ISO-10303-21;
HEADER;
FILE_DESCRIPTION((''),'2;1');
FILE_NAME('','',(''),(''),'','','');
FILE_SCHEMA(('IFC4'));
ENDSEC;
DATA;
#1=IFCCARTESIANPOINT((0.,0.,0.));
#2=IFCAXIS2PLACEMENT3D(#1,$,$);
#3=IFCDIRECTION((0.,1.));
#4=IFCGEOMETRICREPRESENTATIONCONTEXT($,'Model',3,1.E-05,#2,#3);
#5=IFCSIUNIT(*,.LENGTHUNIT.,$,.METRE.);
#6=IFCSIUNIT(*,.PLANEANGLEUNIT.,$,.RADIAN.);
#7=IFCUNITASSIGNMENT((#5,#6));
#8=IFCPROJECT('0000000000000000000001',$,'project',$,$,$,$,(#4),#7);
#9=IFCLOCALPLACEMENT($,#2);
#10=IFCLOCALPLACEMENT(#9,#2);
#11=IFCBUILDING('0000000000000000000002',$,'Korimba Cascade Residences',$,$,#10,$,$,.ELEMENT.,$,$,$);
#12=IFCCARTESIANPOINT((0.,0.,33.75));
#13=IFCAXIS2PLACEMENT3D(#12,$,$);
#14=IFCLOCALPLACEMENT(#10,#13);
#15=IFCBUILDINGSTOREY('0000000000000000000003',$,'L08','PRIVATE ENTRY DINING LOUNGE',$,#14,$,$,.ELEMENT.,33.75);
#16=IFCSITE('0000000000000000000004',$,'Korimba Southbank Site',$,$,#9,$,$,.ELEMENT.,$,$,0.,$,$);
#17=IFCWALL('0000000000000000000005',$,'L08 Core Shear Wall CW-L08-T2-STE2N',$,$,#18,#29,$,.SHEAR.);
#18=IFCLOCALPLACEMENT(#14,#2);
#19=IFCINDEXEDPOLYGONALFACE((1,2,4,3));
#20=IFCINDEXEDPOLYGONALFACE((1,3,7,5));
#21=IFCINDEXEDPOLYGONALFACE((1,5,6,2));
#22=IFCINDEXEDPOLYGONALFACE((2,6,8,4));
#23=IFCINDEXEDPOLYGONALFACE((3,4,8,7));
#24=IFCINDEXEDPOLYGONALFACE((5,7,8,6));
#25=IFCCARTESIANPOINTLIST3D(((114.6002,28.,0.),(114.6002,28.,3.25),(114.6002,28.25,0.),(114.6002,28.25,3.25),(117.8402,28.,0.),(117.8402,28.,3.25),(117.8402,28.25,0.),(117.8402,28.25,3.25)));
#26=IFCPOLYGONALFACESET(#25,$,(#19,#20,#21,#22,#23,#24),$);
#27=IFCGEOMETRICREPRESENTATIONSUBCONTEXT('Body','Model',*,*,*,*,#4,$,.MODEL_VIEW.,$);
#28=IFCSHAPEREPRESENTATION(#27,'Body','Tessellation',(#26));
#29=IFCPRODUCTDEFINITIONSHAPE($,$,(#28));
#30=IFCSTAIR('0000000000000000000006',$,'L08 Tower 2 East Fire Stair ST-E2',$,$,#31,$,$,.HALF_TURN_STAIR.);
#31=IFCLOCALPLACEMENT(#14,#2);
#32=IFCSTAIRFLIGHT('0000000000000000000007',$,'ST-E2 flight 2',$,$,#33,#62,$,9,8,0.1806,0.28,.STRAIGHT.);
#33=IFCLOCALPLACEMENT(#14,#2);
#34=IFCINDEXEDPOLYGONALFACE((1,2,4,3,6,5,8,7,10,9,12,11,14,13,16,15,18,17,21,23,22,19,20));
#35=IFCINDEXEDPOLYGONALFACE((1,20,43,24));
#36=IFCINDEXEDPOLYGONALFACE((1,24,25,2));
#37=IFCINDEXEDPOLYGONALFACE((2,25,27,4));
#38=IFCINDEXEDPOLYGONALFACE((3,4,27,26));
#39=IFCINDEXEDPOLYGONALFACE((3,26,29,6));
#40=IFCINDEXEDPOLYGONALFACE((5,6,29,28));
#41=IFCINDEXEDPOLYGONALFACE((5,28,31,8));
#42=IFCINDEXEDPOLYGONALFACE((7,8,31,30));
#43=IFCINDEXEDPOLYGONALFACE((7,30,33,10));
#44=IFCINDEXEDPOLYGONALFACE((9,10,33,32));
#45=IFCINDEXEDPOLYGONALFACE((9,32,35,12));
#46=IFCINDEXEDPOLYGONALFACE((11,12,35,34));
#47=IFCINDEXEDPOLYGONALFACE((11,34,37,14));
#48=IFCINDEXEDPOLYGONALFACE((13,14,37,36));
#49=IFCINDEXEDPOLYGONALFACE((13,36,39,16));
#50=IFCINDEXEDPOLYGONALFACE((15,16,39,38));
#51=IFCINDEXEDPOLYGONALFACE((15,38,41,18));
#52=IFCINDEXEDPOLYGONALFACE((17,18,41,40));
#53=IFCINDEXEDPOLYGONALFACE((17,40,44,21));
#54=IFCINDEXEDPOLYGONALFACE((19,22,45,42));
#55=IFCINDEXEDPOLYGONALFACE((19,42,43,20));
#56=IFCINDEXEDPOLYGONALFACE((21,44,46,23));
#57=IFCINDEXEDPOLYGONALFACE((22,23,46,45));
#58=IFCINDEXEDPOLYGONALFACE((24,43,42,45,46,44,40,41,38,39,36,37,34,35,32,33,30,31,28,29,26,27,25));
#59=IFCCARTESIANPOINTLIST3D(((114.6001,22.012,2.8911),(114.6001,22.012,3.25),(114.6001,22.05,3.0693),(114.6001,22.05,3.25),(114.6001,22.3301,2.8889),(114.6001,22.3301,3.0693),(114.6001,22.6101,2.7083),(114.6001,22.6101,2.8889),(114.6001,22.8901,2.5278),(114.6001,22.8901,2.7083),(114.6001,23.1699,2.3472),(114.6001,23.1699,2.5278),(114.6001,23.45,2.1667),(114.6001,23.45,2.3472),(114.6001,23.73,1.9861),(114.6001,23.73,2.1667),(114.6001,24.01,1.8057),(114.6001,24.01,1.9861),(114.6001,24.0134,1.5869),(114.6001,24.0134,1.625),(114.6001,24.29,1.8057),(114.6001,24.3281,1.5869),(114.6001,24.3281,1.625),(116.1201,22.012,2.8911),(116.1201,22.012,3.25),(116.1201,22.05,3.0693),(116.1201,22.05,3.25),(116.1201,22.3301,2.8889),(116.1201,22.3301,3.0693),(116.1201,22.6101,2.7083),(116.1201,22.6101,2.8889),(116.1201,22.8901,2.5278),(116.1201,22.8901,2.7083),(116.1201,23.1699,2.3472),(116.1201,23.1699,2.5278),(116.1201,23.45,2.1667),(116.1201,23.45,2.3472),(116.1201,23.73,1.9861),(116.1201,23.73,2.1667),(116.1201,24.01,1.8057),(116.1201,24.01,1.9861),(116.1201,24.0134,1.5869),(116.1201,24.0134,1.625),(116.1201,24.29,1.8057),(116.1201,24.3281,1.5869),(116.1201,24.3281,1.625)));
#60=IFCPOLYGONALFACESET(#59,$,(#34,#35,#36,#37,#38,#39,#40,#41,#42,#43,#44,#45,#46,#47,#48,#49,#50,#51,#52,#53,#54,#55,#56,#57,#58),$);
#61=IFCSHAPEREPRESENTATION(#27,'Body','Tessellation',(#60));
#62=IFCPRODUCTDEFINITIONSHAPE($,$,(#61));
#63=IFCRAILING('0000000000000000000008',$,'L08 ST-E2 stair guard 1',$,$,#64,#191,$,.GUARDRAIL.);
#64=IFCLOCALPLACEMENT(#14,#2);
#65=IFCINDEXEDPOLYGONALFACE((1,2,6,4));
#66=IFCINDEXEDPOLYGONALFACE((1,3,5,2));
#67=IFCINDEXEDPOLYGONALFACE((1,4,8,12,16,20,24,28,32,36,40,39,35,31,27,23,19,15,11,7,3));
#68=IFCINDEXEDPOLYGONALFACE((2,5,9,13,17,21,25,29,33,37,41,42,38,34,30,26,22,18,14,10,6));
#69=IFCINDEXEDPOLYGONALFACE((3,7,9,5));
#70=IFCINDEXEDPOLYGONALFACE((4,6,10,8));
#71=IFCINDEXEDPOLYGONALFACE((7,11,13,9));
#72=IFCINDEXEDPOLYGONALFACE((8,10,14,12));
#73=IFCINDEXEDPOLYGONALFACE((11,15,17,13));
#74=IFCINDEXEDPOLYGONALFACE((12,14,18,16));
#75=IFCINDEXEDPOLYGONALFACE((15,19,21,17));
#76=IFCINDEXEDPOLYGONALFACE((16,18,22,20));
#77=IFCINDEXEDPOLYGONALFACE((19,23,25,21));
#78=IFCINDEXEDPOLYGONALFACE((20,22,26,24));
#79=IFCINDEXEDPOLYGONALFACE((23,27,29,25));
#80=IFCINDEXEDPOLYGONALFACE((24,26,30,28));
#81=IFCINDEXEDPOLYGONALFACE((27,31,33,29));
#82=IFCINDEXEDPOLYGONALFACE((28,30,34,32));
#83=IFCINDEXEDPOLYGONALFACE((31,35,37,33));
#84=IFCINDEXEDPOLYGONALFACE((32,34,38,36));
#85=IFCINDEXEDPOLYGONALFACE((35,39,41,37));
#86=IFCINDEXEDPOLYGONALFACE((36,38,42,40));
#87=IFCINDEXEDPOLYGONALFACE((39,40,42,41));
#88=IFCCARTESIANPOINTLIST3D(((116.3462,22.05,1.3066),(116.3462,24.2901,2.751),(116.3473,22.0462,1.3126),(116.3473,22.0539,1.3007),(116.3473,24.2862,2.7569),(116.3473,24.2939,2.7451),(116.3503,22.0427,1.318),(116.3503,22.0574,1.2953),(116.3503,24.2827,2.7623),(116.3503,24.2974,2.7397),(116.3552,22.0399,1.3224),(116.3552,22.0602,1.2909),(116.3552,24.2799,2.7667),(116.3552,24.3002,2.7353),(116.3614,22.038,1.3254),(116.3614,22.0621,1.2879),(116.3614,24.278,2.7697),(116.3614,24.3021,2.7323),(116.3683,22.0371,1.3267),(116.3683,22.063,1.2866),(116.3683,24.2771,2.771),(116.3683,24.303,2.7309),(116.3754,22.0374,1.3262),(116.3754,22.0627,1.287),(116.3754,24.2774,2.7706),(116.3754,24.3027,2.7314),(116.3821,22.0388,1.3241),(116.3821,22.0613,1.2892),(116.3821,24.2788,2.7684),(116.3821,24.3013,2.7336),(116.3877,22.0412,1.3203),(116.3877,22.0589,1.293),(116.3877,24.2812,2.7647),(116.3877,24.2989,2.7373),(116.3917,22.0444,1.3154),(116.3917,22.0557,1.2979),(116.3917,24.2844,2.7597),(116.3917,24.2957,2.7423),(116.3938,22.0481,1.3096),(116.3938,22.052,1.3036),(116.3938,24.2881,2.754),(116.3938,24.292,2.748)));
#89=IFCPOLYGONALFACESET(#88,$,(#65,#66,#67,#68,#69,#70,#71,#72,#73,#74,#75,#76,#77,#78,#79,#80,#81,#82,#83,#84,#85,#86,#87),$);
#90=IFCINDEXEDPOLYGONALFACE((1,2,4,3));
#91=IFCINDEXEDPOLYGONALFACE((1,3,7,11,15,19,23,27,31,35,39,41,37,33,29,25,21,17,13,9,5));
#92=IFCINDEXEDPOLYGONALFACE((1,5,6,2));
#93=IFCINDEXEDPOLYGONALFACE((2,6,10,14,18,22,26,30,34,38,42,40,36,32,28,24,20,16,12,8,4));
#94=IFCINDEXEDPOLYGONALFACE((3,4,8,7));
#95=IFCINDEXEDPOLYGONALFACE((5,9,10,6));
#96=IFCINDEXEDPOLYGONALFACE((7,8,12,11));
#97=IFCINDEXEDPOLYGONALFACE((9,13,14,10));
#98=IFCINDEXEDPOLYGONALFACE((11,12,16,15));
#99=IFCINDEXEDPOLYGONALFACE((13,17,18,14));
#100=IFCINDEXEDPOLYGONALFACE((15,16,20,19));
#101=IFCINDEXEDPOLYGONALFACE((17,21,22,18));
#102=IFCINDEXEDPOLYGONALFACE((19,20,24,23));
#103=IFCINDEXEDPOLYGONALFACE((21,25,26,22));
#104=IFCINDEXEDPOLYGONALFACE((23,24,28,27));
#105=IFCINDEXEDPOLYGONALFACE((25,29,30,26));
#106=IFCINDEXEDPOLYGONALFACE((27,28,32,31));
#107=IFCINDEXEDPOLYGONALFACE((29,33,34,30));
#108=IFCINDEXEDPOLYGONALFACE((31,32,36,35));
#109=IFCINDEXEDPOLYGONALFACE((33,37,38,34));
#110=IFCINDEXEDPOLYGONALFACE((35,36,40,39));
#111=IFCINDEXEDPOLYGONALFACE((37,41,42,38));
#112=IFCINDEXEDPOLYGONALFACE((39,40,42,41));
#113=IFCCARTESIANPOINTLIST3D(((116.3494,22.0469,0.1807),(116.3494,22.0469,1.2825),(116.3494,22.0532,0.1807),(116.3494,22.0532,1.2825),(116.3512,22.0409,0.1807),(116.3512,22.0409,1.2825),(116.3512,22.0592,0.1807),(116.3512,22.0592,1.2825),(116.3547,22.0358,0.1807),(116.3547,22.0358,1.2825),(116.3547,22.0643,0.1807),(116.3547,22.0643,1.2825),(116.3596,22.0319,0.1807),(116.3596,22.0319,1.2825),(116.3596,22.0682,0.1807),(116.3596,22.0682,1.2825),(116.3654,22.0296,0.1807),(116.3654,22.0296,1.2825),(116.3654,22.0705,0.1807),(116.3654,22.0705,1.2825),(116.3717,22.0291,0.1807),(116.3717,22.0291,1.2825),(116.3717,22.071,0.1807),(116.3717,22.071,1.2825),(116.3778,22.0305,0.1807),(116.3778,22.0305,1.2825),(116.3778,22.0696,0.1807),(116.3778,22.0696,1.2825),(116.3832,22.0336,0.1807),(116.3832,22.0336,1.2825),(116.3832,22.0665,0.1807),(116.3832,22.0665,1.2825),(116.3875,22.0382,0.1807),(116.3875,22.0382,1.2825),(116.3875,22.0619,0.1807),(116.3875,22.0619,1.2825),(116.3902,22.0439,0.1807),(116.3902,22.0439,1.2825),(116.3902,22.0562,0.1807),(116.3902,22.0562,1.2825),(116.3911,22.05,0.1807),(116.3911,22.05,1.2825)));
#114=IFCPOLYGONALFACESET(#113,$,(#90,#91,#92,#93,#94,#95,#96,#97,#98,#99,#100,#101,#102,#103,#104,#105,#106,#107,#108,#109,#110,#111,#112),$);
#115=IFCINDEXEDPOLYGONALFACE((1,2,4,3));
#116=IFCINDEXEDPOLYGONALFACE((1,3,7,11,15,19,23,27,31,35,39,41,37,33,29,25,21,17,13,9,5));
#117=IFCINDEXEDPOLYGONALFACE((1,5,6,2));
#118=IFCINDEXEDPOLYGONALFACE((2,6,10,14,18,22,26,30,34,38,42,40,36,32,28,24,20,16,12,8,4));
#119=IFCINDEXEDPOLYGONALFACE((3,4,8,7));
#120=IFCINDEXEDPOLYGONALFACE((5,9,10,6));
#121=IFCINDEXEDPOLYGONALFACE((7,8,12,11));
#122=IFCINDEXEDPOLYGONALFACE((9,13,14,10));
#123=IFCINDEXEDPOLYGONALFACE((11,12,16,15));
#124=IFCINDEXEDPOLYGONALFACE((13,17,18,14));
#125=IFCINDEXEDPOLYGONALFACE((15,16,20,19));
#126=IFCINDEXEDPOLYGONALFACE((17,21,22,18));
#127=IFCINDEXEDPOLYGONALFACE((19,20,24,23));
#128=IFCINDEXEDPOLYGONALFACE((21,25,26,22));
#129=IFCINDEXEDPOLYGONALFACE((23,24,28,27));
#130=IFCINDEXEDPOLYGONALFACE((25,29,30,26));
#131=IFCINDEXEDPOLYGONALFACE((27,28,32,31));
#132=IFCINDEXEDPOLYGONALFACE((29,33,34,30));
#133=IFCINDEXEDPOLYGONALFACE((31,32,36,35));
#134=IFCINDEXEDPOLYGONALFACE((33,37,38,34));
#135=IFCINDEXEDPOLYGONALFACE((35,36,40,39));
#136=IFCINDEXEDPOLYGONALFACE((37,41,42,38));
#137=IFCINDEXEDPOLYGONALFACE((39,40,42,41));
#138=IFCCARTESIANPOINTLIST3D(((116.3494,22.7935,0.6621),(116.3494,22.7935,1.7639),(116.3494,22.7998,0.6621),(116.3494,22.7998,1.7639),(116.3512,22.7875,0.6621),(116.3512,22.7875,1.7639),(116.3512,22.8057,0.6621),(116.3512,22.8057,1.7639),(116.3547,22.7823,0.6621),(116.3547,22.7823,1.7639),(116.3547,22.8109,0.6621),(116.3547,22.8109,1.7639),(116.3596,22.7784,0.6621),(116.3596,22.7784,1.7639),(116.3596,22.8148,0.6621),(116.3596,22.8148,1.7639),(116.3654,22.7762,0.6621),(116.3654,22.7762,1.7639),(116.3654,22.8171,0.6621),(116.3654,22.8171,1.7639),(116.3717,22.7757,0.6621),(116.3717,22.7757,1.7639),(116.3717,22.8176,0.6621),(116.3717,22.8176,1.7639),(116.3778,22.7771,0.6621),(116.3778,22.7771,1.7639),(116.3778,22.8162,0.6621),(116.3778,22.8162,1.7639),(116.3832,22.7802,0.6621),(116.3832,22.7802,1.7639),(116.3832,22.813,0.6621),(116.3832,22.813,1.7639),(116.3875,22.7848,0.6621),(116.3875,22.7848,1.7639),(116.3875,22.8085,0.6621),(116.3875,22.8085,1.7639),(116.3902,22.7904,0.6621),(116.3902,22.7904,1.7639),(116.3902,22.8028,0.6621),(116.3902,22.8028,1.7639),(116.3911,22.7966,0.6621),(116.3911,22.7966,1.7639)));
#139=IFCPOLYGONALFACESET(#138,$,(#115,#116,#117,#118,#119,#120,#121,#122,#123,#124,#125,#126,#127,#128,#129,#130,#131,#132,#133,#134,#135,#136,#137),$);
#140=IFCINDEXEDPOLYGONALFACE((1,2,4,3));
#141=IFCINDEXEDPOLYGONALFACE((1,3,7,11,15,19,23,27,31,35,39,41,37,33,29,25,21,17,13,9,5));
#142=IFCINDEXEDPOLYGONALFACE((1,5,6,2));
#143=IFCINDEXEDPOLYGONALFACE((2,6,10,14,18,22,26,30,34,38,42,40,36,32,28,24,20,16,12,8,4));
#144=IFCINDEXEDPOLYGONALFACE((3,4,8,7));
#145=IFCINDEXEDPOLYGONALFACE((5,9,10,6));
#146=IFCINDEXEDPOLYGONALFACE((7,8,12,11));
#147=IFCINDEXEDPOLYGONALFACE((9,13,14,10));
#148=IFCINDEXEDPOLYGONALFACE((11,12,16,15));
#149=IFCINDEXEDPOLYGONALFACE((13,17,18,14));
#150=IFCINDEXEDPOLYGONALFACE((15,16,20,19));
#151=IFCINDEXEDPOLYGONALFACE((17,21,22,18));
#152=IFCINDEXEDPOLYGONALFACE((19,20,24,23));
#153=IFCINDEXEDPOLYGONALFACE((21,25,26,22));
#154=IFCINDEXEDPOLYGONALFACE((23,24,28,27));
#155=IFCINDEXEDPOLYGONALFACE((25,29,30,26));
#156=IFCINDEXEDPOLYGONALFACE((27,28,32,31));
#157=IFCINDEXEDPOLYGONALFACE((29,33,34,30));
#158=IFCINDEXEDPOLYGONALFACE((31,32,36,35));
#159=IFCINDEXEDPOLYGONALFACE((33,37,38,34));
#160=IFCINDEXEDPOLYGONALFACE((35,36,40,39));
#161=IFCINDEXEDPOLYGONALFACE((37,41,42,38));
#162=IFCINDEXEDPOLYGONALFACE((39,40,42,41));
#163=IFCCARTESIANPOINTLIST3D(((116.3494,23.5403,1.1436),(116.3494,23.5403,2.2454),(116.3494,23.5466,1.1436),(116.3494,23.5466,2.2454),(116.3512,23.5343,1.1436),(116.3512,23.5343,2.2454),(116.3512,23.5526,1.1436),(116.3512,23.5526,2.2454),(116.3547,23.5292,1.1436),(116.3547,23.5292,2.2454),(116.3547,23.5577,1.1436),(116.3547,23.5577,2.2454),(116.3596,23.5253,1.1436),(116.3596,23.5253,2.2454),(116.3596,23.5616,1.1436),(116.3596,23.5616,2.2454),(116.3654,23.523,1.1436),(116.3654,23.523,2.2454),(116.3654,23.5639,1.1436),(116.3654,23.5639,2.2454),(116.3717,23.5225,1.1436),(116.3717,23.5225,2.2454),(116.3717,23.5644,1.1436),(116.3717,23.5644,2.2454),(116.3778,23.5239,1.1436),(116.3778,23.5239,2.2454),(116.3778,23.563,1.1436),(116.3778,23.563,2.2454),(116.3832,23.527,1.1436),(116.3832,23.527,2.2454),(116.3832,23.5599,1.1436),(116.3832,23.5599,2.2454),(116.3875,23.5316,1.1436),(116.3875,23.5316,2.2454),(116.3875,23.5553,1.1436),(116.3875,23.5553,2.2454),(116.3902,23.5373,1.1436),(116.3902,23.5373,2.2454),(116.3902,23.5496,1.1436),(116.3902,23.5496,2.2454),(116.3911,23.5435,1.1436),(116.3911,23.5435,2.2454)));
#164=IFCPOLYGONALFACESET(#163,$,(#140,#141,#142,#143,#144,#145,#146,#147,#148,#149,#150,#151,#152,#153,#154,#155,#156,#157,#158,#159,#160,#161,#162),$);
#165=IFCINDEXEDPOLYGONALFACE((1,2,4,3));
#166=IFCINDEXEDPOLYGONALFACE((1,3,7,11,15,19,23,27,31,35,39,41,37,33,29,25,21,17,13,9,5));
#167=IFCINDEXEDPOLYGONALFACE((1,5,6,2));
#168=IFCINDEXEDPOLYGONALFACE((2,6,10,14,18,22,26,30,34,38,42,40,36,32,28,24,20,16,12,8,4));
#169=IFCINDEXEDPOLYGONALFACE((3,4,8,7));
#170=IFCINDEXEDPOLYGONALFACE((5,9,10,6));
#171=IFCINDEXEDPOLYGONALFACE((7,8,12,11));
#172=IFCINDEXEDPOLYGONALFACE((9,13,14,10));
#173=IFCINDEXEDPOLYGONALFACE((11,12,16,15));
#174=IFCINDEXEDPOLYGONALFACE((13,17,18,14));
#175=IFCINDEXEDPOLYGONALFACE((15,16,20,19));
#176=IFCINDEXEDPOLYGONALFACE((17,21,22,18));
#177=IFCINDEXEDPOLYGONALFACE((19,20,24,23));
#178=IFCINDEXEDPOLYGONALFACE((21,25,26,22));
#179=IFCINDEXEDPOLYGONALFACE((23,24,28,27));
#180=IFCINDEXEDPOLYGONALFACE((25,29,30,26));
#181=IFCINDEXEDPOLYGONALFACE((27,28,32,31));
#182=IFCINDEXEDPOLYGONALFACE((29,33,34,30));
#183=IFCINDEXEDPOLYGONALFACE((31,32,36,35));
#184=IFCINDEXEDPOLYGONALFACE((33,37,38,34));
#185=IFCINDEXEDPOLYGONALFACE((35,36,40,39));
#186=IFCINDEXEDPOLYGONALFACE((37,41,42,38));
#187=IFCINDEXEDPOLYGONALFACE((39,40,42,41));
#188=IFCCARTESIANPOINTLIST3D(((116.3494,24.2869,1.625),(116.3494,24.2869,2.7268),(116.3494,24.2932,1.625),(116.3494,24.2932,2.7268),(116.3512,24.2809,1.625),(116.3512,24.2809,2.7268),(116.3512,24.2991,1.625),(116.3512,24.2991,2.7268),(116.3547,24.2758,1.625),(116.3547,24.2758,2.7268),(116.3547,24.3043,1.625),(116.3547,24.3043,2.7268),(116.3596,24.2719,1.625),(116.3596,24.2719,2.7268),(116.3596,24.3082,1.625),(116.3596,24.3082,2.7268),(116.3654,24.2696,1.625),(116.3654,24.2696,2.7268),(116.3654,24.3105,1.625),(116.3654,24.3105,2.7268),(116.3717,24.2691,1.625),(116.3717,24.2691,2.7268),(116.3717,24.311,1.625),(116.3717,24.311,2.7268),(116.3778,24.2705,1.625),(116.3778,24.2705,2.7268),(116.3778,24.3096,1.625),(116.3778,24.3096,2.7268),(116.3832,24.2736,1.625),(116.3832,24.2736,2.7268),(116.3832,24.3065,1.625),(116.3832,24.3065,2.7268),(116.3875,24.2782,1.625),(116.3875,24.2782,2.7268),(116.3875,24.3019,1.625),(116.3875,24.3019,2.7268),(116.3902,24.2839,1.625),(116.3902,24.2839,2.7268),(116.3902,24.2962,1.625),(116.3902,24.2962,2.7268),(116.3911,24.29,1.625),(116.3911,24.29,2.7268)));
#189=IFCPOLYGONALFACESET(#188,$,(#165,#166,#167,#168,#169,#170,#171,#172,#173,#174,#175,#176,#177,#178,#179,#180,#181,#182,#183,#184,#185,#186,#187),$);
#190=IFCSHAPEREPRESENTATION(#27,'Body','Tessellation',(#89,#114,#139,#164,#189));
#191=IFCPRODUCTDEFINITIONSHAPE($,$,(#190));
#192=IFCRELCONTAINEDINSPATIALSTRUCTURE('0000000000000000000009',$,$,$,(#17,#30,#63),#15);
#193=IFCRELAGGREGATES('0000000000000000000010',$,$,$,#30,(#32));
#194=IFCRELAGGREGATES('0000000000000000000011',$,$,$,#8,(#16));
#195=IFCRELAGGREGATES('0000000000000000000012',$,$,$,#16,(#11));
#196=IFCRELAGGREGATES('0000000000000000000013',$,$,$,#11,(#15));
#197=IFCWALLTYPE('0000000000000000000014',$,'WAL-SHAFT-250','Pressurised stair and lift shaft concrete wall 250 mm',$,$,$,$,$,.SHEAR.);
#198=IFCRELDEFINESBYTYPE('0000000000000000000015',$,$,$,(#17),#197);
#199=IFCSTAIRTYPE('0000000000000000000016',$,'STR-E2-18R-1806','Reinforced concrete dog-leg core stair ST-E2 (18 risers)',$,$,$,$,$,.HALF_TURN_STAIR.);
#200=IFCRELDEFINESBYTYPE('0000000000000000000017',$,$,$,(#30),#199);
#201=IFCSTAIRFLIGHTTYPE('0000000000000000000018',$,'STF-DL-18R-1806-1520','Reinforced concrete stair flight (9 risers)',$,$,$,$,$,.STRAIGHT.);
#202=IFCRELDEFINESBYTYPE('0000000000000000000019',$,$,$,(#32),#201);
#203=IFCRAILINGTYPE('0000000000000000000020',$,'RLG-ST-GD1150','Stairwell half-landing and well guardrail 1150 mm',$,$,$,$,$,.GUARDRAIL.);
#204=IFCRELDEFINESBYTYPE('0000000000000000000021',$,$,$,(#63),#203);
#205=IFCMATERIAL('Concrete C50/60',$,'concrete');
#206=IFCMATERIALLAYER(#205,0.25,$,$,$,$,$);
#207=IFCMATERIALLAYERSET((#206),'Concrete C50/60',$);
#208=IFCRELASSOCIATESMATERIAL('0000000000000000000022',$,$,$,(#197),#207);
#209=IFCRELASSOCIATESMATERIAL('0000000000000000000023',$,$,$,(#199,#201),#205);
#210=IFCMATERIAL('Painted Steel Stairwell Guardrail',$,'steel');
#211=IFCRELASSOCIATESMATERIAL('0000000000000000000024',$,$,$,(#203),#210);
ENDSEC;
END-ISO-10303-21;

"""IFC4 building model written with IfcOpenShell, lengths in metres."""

from ifc_helpers import new_model, si_unit, direction, frame, frame_2d, origin, origin_2d, place, context, subcontext, project, spatial, polyline, rectangle, circle, outline, extrude, material, layer, layer_set, type_object, element, aggregate, save


model = new_model("IFC4")

# Units and contexts
model_context = context("Model", 3, precision=1e-05, world=origin(), true_north=direction((0.0, 1.0)))
body_context = subcontext(model_context, "Body", "Model", "MODEL_VIEW")
ifc_project = project(units=[si_unit("LENGTHUNIT", "METRE"), si_unit("PLANEANGLEUNIT", "RADIAN")], contexts=[model_context])

# Site, building, storey
site_placement = place(None, origin())
site = spatial("IfcSite", under=ifc_project, at=site_placement, Name="Korimba Southbank Site", CompositionType="ELEMENT", RefElevation=0.0)
building_placement = place(site_placement, origin())
building = spatial("IfcBuilding", under=site, at=building_placement, Name="Korimba Cascade Residences", CompositionType="ELEMENT")
storey_placement = place(building_placement, frame((0.0, 0.0, 33.75)))
storey = spatial("IfcBuildingStorey", under=building, at=storey_placement, Name="L08", Description="PRIVATE ENTRY DINING LOUNGE", CompositionType="ELEMENT", Elevation=33.75)

# Shared definitions
ifc_material_1 = material(Name="Concrete C50/60", Category="concrete")

# Shared definitions
ifc_layer_1 = layer(ifc_material_1, 0.25)
ifc_layer_set_1 = layer_set([ifc_layer_1], Name="Concrete C50/60")
wall_type_1 = type_object("IfcWallType", Name="WAL-SHAFT-250", Description="Pressurised stair and lift shaft concrete wall 250 mm", PredefinedType="SHEAR", material=ifc_layer_set_1)

# Wall
for number, where, z_axis, x_axis, name in (
    (1, (114.6001, 28.125, 0.0), (0.0, 0.0, 1.0), (1.0, 0.0, 0.0), "L08 Core Shear Wall CW-L08-T2-STE2N"),
):
    element("IfcWall", number, at=place(storey_placement, frame(where, z_axis=z_axis, x_axis=x_axis)), inside=storey, type_object=wall_type_1, Name=name, PredefinedType="SHEAR", context=body_context, shape_type="SweptSolid", body=[
        extrude(rectangle(XDim=3.24, YDim=0.25, at=frame_2d((1.6201, 0.0))), origin(), (0.0, 0.0, 1.0), 3.25),
    ])

# Stair, stair flight
stair_type = type_object("IfcStairType", Name="STR-E2-18R-1806", Description="Reinforced concrete dog-leg core stair ST-E2 (18 risers)", PredefinedType="HALF_TURN_STAIR", material=ifc_material_1)
stair_placement = place(storey_placement, origin())
stair = element("IfcStair", 2, at=stair_placement, inside=storey, type_object=stair_type, Name="L08 Tower 2 East Fire Stair ST-E2", PredefinedType="HALF_TURN_STAIR")
stair_flight_type = type_object("IfcStairFlightType", Name="STF-DL-18R-1806-1520", Description="Reinforced concrete stair flight (9 risers)", PredefinedType="STRAIGHT", material=ifc_material_1)
stair_flight_placement = place(storey_placement, frame((115.3601, 24.29, 1.625), z_axis=(0.0, 0.0, 1.0), x_axis=(0.0, -1.0, 0.0)))
stair_flight = element("IfcStairFlight", 3, at=stair_flight_placement, type_object=stair_flight_type, Name="ST-E2 flight 2", NumberOfRisers=9, NumberOfTreads=8, PredefinedType="STRAIGHT", RiserHeight=0.1806, TreadLength=0.28, context=body_context, shape_type="SweptSolid", body=[
    extrude(outline(polyline([(-0.0381, 0.0), (0.0, 0.1807), (0.28, 0.1807), (0.28, 0.3611), (0.5601, 0.3611), (0.5601, 0.5417), (0.8401, 0.5417), (0.8401, 0.7222), (1.1201, 0.7222), (1.1201, 0.9028), (1.3999, 0.9028), (1.3999, 1.0833), (1.6799, 1.0833), (1.6799, 1.2639), (1.96, 1.2639), (1.96, 1.4443), (2.24, 1.4443), (2.24, 1.625), (2.2781, 1.625), (2.2781, 1.2661), (0.2766, 0.0), (0.2766, -0.0381), (-0.0381, -0.0381), (-0.0381, 0.0)])), frame((0.0, 0.76, 0.0), z_axis=(0.0, -1.0, 0.0), x_axis=(1.0, 0.0, 0.0)), (0.0, 0.0, 1.0), 1.52),
])
aggregate(stair, [stair_flight])

# Railing
ifc_material_2 = material(Name="Painted Steel Stairwell Guardrail", Category="steel")
railing_type_1 = type_object("IfcRailingType", Name="RLG-ST-GD1150", Description="Stairwell half-landing and well guardrail 1150 mm", PredefinedType="GUARDRAIL", material=ifc_material_2)
railing_1_placement = place(storey_placement, frame((116.3701, 22.05, 0.1807)))
element("IfcRailing", 4, at=railing_1_placement, inside=storey, type_object=railing_type_1, Name="L08 ST-E2 stair guard 1", PredefinedType="GUARDRAIL", context=body_context, shape_type="SweptSolid", body=[
    extrude(circle(Radius=0.0239, at=origin_2d()), frame((0.0, 0.0, 1.126), z_axis=(0.0, 0.840437, 0.54191), x_axis=(-1.0, 0.0, 0.0)), (0.0, 0.0, 1.0), 2.6653),
    extrude(circle(Radius=0.021, at=origin_2d()), origin(), (0.0, 0.0, 1.0), 1.1018),
    extrude(circle(Radius=0.021, at=origin_2d()), frame((0.0, 0.7466, 0.4814)), (0.0, 0.0, 1.0), 1.1018),
    extrude(circle(Radius=0.021, at=origin_2d()), frame((0.0, 1.4934, 0.9629)), (0.0, 0.0, 1.0), 1.1018),
    extrude(circle(Radius=0.021, at=origin_2d()), frame((0.0, 2.24, 1.4443)), (0.0, 0.0, 1.0), 1.1018),
])

save(model, "model.ifc")
